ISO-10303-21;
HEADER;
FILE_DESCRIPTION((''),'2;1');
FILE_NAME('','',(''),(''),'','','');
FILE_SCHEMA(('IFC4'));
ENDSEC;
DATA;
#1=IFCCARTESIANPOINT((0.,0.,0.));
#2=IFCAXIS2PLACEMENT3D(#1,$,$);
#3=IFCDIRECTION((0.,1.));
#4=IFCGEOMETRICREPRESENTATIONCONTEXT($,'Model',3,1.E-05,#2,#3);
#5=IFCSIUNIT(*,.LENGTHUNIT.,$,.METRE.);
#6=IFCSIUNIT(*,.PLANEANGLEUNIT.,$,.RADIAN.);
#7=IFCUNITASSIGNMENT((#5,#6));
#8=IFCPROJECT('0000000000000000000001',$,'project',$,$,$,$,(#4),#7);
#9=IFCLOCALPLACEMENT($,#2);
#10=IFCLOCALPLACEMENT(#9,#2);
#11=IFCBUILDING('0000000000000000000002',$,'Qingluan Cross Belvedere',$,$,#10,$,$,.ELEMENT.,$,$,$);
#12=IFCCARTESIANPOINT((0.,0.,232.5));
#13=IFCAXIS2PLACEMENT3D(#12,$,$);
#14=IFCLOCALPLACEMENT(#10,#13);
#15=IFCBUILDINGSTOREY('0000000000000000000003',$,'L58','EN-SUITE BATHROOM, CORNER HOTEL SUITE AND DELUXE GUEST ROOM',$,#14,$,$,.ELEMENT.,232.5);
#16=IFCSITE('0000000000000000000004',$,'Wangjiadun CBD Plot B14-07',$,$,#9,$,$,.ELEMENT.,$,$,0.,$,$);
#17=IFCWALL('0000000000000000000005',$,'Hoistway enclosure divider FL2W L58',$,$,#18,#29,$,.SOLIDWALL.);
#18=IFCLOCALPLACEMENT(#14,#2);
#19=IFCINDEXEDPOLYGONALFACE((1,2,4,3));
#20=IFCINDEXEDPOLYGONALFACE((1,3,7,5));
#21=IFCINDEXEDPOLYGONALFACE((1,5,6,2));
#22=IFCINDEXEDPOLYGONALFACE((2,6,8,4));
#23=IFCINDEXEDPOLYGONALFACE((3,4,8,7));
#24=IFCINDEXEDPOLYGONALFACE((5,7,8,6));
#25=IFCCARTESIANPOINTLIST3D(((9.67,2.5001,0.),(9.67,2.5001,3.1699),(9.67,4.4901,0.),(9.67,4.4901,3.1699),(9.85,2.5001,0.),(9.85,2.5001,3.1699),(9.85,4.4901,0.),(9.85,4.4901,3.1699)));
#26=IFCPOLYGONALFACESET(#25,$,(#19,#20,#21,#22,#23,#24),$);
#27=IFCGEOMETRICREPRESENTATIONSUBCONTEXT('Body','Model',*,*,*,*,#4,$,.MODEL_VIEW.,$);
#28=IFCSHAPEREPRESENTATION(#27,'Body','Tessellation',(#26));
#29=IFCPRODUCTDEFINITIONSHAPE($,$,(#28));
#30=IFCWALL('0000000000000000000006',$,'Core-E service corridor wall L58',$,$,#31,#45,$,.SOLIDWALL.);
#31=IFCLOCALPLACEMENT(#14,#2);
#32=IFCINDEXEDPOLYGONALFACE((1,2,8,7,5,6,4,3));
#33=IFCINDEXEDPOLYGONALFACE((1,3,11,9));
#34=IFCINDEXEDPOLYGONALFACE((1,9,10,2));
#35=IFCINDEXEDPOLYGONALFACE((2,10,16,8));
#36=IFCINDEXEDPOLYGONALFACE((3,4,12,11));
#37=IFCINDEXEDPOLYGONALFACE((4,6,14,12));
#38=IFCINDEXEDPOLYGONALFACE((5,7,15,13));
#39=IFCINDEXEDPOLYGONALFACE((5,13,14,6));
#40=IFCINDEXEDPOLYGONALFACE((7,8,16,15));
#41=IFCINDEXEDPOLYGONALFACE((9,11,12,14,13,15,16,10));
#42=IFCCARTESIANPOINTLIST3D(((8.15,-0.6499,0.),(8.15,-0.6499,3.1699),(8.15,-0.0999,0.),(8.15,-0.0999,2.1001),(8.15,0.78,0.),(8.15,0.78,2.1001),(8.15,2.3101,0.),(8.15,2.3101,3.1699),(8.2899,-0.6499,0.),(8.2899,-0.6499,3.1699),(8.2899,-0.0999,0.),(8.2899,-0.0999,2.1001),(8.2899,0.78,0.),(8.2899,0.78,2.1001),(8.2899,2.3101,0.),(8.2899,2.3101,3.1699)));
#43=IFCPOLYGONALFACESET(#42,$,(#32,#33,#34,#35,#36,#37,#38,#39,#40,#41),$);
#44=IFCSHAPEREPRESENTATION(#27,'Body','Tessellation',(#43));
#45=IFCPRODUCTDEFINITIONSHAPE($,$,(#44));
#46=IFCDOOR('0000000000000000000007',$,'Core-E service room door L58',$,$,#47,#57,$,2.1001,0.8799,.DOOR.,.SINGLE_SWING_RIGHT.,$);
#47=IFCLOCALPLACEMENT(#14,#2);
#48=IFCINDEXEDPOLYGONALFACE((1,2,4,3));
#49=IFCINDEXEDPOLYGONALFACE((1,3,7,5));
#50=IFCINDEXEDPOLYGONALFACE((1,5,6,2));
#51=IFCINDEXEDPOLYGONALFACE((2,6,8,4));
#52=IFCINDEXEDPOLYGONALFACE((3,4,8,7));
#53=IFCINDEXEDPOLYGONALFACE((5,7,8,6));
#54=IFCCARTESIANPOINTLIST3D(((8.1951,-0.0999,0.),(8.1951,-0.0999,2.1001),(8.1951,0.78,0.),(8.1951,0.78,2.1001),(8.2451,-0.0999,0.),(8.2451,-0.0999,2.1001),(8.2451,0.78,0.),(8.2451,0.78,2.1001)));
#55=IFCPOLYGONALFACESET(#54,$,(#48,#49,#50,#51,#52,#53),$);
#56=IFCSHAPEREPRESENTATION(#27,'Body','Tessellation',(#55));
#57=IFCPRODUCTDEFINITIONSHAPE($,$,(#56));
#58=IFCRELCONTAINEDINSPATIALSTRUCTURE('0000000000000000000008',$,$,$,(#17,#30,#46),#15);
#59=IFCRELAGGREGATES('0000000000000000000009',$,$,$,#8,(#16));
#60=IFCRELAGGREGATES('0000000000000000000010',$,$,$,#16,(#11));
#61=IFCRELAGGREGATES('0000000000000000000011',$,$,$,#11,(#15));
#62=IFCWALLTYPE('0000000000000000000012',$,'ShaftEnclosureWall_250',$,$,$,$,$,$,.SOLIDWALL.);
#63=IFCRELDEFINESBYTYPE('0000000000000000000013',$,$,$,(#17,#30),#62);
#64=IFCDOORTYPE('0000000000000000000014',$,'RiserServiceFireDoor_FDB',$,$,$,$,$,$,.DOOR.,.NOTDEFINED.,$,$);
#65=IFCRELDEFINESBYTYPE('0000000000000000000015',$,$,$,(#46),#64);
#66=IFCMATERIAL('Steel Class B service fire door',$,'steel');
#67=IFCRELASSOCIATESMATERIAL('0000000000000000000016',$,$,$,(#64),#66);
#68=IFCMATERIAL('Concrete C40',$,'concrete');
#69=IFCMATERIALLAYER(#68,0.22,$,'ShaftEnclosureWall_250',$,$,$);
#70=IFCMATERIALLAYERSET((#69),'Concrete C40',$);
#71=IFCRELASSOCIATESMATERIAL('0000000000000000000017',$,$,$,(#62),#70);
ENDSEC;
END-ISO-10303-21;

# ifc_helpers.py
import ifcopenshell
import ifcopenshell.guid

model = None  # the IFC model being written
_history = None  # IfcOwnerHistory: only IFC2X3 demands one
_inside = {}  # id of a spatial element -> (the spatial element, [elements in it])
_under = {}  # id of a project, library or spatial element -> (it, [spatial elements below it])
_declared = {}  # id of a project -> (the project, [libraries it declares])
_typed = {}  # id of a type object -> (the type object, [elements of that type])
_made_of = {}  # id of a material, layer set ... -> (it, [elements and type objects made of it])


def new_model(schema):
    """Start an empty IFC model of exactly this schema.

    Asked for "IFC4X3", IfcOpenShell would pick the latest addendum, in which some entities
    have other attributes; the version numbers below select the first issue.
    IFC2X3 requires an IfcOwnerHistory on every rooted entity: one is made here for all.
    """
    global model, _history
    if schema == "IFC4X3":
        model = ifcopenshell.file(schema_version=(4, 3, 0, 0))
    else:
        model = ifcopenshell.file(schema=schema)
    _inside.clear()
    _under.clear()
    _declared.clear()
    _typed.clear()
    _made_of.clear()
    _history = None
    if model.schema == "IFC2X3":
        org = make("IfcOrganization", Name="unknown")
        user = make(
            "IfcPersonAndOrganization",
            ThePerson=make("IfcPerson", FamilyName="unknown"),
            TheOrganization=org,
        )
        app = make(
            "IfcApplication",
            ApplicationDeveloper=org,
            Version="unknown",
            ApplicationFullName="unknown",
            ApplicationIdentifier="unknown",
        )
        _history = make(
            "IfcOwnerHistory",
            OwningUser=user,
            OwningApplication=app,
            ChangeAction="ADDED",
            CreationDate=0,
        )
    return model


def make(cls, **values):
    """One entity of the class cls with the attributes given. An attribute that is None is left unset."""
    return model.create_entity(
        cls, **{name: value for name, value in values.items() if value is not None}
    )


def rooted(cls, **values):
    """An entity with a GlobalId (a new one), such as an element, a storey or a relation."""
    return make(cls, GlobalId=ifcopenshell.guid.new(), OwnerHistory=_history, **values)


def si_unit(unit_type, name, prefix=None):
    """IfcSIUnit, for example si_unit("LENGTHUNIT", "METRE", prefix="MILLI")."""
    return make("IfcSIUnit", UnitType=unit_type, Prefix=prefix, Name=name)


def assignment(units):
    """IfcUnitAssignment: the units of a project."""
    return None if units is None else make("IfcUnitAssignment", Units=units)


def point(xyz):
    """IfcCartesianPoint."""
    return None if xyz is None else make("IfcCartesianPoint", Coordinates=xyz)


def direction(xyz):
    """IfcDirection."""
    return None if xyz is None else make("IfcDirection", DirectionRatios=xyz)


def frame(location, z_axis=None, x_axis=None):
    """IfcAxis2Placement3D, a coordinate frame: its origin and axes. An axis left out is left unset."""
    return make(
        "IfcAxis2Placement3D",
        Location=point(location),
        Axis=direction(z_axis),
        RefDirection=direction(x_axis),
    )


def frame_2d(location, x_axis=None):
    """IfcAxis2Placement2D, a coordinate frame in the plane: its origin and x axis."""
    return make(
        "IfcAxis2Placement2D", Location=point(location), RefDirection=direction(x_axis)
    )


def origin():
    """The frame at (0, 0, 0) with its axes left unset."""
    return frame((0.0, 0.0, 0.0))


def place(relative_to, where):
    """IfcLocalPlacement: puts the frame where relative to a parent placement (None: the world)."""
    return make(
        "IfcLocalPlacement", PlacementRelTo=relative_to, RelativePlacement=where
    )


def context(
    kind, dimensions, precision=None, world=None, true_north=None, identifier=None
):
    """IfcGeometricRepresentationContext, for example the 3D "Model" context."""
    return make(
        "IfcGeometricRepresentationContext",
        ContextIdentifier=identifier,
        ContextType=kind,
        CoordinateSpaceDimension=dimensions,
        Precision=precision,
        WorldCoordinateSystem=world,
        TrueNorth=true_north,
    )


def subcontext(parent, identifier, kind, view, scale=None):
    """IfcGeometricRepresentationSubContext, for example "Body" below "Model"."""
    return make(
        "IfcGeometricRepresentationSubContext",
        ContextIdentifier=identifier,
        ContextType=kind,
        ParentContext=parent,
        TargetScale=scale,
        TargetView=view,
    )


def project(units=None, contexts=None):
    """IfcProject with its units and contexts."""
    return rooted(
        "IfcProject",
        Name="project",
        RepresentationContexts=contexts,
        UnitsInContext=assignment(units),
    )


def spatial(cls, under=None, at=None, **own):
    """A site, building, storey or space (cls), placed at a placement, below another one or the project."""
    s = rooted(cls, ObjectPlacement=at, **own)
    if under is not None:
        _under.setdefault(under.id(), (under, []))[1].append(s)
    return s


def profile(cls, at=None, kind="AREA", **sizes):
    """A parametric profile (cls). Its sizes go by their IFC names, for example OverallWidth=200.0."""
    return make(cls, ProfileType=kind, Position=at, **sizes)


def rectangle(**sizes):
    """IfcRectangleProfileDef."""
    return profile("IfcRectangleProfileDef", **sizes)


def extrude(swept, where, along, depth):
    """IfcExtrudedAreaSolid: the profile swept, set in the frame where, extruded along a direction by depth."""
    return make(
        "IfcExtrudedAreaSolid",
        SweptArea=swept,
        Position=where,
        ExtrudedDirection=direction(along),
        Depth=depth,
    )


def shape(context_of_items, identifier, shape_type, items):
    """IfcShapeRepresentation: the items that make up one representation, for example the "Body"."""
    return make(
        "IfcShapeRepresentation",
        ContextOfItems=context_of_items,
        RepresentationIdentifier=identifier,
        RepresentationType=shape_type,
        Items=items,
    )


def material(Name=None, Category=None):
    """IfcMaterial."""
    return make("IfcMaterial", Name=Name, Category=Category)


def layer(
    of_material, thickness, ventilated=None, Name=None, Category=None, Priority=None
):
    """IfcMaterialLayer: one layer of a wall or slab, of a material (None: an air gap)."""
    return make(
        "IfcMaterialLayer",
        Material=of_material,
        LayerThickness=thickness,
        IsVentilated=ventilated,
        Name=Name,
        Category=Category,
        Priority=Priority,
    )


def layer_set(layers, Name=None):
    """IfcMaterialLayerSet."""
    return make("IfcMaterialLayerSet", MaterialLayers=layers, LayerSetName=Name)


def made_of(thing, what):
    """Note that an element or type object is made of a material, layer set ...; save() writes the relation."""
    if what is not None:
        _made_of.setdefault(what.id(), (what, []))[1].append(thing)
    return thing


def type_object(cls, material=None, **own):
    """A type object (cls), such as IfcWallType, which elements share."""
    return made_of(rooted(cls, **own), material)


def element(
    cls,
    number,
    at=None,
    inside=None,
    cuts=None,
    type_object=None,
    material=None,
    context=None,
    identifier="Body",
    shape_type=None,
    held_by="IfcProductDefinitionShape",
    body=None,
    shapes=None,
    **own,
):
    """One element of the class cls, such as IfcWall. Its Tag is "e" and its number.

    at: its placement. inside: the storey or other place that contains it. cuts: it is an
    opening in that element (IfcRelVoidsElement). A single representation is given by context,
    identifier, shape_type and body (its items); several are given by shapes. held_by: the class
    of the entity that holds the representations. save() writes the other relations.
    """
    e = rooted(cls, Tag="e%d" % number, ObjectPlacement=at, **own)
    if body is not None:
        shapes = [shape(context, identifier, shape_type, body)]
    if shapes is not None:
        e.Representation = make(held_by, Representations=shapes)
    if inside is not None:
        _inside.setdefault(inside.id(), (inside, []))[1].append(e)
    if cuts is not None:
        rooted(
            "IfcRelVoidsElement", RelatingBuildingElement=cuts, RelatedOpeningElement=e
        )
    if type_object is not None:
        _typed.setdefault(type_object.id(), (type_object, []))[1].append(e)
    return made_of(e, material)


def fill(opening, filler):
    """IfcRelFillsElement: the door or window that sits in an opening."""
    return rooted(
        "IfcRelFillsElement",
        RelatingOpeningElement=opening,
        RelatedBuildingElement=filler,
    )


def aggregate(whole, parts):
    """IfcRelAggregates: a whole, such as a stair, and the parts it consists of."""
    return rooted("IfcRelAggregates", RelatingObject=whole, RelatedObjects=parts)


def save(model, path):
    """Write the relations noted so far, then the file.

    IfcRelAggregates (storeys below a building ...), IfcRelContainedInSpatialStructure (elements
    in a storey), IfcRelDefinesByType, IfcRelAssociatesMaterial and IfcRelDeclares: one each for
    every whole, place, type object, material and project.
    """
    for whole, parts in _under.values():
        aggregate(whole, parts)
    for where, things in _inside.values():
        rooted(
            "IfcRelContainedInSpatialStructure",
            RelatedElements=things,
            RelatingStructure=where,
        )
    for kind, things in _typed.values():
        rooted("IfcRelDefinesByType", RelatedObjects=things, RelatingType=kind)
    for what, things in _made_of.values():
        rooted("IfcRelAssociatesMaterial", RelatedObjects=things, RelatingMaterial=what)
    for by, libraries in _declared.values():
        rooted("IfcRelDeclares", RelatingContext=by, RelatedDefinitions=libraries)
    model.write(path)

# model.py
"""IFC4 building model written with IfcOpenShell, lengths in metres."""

from ifc_helpers import new_model, si_unit, direction, frame, frame_2d, origin, place, context, subcontext, project, spatial, rectangle, extrude, material, layer, layer_set, type_object, element, fill, save


model = new_model("IFC4")

# Units and contexts
model_context = context("Model", 3, precision=1e-05, world=origin(), true_north=direction((0.0, 1.0)))
body_context = subcontext(model_context, "Body", "Model", "MODEL_VIEW")
ifc_project = project(units=[si_unit("LENGTHUNIT", "METRE"), si_unit("PLANEANGLEUNIT", "RADIAN")], contexts=[model_context])

# Site, building, storey
site_placement = place(None, origin())
site = spatial("IfcSite", under=ifc_project, at=site_placement, Name="Wangjiadun CBD Plot B14-07", CompositionType="ELEMENT", RefElevation=0.0)
building_placement = place(site_placement, origin())
building = spatial("IfcBuilding", under=site, at=building_placement, Name="Qingluan Cross Belvedere", CompositionType="ELEMENT")
storey_placement = place(building_placement, frame((0.0, 0.0, 232.5)))
storey = spatial("IfcBuildingStorey", under=building, at=storey_placement, Name="L58", Description="EN-SUITE BATHROOM, CORNER HOTEL SUITE AND DELUXE GUEST ROOM", CompositionType="ELEMENT", Elevation=232.5)

# Shared definitions
ifc_material_1 = material(Name="Steel Class B service fire door", Category="steel")
door_type_1 = type_object("IfcDoorType", Name="RiserServiceFireDoor_FDB", OperationType="NOTDEFINED", PredefinedType="DOOR", material=ifc_material_1)

# Shared definitions
ifc_material_2 = material(Name="Concrete C40", Category="concrete")
ifc_layer_1 = layer(ifc_material_2, 0.22, Name="ShaftEnclosureWall_250")
ifc_layer_set_1 = layer_set([ifc_layer_1], Name="Concrete C40")
wall_type_1 = type_object("IfcWallType", Name="ShaftEnclosureWall_250", PredefinedType="SOLIDWALL", material=ifc_layer_set_1)

# Wall
wall_1_placement = place(storey_placement, frame((9.76, 2.5, 0.0), z_axis=(0.0, 0.0, 1.0), x_axis=(0.0, 1.0, 0.0)))
element("IfcWall", 1, at=wall_1_placement, inside=storey, type_object=wall_type_1, Name="Hoistway enclosure divider FL2W L58", PredefinedType="SOLIDWALL", context=body_context, shape_type="SweptSolid", body=[
    extrude(rectangle(XDim=1.99, YDim=0.1799, at=frame_2d((0.9951, 0.0))), origin(), (0.0, 0.0, 1.0), 3.1699),
])

# Wall, opening, door
wall_2_placement = place(storey_placement, frame((8.22, -0.6499, 0.0), z_axis=(0.0, 0.0, 1.0), x_axis=(0.0, 1.0, 0.0)))
wall_2 = element("IfcWall", 2, at=wall_2_placement, inside=storey, type_object=wall_type_1, Name="Core-E service corridor wall L58", PredefinedType="SOLIDWALL", context=body_context, shape_type="SweptSolid", body=[
    extrude(rectangle(XDim=2.96, YDim=0.1399, at=frame_2d((1.48, 0.0))), origin(), (0.0, 0.0, 1.0), 3.1699),
])
opening_1_placement = place(wall_2_placement, frame((0.55, 0.0, 0.0)))
opening_1 = element("IfcOpeningElement", 3, at=opening_1_placement, cuts=wall_2, PredefinedType="OPENING", context=body_context, shape_type="SweptSolid", body=[
    extrude(rectangle(XDim=0.8799, YDim=2.1001, at=frame_2d((0.4399, 1.05))), frame((0.0, 0.0798, 0.0), z_axis=(0.0, -1.0, 0.0), x_axis=(1.0, 0.0, 0.0)), (0.0, 0.0, 1.0), 0.1599),
])
door_1_placement = place(opening_1_placement, origin())
door_1 = element("IfcDoor", 4, at=door_1_placement, inside=storey, type_object=door_type_1, Name="Core-E service room door L58", OperationType="SINGLE_SWING_RIGHT", OverallHeight=2.1001, OverallWidth=0.8799, PredefinedType="DOOR", context=body_context, shape_type="SweptSolid", body=[
    extrude(rectangle(XDim=0.8799, YDim=2.1001, at=frame_2d((0.4399, 1.05))), frame((0.0, 0.0249, 0.0), z_axis=(0.0, -1.0, 0.0), x_axis=(1.0, 0.0, 0.0)), (0.0, 0.0, 1.0), 0.05),
])
fill(opening_1, door_1)

save(model, "model.ifc")
